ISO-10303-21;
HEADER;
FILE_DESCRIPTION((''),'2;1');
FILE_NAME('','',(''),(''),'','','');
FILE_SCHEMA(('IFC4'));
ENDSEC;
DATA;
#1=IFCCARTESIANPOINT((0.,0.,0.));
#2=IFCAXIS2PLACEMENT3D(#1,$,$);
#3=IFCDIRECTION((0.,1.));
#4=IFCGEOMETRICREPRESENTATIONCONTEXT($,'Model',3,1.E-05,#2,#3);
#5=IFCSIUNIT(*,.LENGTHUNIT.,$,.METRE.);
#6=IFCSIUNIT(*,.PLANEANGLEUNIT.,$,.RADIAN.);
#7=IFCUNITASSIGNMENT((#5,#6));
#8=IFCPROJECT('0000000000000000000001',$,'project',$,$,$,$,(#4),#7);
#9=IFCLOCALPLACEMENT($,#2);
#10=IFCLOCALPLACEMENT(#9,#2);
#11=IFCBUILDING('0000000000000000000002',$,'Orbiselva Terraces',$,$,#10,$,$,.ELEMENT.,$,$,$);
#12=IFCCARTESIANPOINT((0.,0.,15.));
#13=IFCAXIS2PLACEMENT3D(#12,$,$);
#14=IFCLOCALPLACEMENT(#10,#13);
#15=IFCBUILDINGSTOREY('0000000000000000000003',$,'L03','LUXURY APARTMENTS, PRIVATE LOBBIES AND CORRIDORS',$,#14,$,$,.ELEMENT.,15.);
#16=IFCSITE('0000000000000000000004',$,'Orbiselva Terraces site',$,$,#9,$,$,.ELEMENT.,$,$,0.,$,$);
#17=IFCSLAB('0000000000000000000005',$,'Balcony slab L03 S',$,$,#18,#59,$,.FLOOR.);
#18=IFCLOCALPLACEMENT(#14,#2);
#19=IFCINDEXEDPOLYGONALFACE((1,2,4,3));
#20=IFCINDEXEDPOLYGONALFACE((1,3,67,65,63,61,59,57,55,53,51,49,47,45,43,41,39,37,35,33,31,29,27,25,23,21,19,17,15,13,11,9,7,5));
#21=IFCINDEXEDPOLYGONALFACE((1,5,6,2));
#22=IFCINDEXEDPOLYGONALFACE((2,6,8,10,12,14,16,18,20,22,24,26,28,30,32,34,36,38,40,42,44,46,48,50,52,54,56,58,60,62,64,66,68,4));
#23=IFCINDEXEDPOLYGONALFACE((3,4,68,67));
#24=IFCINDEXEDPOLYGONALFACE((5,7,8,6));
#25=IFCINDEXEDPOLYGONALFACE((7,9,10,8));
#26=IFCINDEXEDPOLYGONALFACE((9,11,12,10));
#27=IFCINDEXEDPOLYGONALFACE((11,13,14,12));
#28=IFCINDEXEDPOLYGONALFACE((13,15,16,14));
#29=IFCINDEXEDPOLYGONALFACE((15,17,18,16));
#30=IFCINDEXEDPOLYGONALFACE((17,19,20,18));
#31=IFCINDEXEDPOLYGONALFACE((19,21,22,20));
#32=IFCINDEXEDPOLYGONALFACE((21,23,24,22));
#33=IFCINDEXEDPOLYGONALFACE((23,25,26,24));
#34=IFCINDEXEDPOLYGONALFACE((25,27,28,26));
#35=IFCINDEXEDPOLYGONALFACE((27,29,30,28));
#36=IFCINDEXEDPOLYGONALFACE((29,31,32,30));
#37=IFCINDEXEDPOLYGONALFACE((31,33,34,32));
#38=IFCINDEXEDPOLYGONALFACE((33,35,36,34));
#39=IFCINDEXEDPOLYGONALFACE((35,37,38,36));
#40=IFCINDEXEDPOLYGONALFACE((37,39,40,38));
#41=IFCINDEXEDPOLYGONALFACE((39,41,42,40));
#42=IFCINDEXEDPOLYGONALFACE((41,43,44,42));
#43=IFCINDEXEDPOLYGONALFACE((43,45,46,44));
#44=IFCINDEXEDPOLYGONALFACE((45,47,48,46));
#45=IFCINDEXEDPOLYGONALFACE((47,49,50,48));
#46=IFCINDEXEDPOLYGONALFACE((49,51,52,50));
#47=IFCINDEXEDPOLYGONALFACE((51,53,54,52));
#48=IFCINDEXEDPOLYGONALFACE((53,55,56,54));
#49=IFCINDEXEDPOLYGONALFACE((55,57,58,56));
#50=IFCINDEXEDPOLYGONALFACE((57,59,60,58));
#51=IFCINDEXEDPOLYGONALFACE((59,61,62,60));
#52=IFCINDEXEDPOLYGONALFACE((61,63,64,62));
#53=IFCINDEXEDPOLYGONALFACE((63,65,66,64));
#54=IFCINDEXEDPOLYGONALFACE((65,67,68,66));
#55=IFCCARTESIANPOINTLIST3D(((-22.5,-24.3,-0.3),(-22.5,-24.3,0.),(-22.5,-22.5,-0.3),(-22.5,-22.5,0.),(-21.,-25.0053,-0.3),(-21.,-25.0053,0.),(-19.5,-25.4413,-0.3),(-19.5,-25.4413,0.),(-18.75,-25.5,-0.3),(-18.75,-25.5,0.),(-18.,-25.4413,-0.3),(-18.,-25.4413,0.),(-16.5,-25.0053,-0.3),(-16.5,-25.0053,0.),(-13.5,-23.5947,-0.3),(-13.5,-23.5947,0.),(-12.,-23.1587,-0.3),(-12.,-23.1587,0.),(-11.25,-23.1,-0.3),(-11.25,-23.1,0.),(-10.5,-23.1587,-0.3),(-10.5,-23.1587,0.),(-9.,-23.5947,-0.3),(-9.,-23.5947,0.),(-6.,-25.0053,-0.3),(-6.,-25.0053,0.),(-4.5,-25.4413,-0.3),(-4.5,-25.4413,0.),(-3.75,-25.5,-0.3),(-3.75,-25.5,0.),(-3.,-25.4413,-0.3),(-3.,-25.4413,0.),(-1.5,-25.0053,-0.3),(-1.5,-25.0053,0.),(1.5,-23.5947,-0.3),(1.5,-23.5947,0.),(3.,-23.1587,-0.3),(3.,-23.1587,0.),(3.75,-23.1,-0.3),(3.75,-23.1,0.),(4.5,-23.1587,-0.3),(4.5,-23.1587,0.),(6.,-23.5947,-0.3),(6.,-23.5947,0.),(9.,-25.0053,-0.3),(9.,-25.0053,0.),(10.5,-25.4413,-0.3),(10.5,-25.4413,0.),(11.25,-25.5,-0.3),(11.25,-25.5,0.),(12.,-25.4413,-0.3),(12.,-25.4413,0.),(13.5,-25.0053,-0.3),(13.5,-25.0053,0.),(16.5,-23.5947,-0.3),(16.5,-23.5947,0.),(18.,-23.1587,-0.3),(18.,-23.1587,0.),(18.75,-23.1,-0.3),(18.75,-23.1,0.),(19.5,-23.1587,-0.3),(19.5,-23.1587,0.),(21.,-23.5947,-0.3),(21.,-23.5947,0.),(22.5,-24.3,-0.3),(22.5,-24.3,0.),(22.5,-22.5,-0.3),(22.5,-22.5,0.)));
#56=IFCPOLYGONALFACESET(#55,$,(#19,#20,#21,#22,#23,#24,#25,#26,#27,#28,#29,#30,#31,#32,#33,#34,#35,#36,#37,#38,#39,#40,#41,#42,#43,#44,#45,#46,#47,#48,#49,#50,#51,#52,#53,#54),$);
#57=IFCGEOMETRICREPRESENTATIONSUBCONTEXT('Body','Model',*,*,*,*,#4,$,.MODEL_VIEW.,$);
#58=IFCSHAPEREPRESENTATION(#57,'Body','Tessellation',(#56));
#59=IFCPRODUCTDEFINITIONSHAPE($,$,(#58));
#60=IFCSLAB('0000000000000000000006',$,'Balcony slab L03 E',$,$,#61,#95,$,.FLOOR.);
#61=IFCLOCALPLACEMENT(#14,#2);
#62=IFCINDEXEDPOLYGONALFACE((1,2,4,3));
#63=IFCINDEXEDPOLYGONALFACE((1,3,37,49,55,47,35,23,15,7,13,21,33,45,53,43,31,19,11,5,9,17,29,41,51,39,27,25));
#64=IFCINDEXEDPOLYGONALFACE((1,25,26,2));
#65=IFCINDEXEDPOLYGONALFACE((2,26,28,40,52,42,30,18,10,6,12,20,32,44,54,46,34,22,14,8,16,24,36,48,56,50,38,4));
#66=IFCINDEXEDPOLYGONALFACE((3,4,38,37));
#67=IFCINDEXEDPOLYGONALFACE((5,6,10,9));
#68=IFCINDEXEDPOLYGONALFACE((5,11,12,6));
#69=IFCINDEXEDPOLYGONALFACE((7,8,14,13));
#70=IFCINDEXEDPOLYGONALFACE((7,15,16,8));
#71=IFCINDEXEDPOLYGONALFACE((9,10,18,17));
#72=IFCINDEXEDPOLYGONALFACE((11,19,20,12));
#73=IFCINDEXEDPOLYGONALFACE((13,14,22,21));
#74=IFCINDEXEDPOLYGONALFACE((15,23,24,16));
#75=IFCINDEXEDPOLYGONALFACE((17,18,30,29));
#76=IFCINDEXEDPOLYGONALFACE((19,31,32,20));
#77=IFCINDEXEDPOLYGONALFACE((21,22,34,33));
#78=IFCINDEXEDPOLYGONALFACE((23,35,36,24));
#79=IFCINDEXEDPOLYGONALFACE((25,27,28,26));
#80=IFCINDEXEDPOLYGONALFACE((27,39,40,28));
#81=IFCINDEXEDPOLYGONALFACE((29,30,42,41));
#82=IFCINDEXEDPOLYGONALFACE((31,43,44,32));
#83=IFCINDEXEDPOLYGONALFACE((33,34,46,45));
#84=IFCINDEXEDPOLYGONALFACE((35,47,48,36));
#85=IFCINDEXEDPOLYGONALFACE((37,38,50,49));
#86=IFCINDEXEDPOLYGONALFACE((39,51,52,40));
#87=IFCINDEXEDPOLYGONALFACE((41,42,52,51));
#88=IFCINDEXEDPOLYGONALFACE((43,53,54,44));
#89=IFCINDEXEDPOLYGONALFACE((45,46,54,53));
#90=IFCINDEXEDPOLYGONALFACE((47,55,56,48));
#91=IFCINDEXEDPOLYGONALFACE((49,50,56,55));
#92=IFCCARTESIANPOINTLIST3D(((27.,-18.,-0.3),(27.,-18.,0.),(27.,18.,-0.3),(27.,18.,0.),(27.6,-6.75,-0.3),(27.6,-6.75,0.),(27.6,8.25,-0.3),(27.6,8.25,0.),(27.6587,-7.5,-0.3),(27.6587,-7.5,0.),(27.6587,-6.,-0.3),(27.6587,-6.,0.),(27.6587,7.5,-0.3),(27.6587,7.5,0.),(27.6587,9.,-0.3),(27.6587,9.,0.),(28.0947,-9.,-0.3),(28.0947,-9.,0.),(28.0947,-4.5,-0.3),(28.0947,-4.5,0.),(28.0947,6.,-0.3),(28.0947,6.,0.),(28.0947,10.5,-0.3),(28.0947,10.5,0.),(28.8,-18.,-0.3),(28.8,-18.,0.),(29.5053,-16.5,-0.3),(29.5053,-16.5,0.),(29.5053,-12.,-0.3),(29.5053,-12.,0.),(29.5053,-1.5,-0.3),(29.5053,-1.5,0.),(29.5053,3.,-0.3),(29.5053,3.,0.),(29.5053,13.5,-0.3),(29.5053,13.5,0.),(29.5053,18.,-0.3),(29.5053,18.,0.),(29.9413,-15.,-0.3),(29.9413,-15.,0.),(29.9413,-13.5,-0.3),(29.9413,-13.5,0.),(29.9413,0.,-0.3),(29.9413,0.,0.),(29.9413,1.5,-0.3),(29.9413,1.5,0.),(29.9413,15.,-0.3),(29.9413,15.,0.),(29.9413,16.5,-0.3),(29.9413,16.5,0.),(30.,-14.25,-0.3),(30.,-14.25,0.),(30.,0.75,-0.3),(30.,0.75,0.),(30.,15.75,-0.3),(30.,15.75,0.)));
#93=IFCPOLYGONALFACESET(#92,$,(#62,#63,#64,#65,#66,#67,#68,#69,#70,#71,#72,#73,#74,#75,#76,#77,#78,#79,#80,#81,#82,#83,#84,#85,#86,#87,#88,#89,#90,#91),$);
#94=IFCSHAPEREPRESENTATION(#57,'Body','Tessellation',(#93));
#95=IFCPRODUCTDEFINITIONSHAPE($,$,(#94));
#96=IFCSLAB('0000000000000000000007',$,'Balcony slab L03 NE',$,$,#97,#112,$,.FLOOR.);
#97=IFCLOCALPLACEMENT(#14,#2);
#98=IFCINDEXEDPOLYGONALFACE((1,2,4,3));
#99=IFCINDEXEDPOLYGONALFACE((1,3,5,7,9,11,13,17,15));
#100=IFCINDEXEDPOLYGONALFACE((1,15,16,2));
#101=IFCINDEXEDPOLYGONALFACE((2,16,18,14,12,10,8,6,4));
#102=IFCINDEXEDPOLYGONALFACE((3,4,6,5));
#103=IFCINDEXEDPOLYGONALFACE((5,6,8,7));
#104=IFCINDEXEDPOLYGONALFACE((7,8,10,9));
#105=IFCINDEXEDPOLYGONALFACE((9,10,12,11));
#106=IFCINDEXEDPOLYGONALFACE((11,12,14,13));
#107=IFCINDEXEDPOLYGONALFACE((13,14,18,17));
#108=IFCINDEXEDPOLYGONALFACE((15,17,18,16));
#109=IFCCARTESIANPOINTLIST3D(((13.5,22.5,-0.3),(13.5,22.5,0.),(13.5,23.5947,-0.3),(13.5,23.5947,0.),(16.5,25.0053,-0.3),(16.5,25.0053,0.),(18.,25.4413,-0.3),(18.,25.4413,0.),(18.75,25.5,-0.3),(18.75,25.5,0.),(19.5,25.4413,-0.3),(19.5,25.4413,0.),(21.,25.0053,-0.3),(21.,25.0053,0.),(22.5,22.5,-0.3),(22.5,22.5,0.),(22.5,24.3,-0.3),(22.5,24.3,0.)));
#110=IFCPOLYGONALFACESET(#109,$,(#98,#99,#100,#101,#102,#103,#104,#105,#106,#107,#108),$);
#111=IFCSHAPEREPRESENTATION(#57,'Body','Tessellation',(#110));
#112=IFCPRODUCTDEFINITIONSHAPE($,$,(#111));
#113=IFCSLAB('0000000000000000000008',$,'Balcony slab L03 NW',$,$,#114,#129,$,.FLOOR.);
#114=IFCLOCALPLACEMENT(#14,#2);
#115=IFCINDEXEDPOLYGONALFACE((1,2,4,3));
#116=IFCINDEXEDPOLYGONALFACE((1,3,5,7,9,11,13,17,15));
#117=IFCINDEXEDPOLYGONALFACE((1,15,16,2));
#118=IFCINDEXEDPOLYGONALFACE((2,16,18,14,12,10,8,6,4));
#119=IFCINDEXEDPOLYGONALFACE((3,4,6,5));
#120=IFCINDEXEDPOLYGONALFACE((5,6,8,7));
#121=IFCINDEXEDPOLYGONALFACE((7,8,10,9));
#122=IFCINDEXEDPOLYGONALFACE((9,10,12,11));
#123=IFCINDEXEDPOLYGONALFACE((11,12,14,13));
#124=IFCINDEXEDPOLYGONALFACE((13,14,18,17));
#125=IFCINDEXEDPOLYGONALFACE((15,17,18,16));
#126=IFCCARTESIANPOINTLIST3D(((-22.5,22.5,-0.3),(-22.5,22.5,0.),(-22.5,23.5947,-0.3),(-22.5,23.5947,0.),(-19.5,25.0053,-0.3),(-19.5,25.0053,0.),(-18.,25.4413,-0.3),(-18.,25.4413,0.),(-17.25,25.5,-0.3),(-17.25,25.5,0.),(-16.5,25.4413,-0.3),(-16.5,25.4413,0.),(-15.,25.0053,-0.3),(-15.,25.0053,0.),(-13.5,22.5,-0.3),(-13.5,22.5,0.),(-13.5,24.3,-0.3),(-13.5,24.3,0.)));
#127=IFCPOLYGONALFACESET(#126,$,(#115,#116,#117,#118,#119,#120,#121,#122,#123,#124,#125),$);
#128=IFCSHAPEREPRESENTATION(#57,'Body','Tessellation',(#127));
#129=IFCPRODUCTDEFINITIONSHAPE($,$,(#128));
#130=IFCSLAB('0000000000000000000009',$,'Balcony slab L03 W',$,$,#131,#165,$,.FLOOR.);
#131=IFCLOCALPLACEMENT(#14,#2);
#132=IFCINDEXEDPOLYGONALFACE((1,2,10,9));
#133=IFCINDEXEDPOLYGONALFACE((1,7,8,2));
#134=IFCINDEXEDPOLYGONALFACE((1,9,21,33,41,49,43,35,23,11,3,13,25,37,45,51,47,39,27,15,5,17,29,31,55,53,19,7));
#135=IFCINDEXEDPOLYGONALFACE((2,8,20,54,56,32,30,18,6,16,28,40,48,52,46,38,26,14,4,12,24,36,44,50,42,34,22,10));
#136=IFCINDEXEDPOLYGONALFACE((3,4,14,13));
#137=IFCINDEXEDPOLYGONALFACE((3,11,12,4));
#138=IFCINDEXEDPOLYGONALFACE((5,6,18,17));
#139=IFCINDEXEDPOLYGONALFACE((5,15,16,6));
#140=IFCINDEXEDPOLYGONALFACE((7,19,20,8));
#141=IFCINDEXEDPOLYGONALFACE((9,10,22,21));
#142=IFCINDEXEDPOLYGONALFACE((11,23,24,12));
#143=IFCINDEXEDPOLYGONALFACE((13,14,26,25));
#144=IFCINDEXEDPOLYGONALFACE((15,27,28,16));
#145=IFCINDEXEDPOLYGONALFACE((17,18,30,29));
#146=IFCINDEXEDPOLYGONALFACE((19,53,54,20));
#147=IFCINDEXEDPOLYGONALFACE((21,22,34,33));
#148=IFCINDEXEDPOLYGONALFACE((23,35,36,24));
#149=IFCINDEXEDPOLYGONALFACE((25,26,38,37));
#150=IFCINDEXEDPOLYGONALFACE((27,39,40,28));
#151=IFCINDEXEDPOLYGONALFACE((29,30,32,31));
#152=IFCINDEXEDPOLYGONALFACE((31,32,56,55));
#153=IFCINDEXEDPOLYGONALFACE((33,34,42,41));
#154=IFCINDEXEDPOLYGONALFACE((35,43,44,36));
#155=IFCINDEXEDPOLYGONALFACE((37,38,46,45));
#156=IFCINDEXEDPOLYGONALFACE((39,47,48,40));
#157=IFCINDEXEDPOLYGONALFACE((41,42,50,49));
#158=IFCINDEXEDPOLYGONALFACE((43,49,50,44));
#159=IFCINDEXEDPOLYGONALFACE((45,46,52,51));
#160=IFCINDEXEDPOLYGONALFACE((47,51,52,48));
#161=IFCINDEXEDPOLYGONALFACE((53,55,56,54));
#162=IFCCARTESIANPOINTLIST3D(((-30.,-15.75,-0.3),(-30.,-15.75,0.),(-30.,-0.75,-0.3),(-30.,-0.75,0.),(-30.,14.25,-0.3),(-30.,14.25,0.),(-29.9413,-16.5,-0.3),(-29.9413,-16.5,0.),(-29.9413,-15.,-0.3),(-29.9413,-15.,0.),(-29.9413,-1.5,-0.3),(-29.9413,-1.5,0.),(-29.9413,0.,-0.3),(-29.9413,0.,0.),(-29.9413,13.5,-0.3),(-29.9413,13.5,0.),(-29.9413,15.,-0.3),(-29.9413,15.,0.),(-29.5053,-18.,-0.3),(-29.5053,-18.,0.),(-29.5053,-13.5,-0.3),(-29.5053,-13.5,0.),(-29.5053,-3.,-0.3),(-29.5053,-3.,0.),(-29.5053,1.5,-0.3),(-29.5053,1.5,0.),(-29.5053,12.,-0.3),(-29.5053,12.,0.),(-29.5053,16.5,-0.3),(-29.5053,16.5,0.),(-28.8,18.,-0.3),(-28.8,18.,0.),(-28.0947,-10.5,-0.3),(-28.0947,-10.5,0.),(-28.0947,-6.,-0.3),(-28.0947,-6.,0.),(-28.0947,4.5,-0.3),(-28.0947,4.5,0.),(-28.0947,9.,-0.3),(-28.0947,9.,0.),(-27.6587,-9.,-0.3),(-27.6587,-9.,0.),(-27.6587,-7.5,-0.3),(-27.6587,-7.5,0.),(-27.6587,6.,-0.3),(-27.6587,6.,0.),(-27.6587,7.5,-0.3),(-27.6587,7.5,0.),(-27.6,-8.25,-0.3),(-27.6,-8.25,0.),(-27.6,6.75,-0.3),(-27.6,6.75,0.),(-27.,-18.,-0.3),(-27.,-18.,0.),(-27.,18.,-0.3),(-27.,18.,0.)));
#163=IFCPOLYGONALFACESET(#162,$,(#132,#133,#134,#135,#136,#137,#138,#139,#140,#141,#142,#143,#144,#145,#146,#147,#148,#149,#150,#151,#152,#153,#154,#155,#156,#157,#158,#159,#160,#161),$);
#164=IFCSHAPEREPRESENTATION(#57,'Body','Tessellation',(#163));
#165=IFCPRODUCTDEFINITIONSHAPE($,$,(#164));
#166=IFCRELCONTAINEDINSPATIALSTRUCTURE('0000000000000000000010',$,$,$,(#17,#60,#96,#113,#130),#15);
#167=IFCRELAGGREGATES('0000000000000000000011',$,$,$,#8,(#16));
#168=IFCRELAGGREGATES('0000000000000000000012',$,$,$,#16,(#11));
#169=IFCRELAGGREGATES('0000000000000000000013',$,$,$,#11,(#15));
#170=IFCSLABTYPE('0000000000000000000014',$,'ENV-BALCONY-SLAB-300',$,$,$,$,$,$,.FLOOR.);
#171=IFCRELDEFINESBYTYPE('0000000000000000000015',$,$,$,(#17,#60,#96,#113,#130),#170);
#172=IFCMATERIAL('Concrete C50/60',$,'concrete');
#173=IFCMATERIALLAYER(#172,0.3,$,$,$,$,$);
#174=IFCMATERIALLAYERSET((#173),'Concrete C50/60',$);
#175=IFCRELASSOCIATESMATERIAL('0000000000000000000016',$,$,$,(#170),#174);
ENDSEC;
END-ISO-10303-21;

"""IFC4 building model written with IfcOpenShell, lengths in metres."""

from ifc_helpers import new_model, si_unit, direction, frame, origin, place, context, subcontext, project, spatial, polyline, outline, extrude, material, layer, layer_set, type_object, element, save


model = new_model("IFC4")

# Units and contexts
model_context = context("Model", 3, precision=1e-05, world=origin(), true_north=direction((0.0, 1.0)))
body_context = subcontext(model_context, "Body", "Model", "MODEL_VIEW")
ifc_project = project(units=[si_unit("LENGTHUNIT", "METRE"), si_unit("PLANEANGLEUNIT", "RADIAN")], contexts=[model_context])

# Site, building, storey
site_placement = place(None, origin())
site = spatial("IfcSite", under=ifc_project, at=site_placement, Name="Orbiselva Terraces site", CompositionType="ELEMENT", RefElevation=0.0)
building_placement = place(site_placement, origin())
building = spatial("IfcBuilding", under=site, at=building_placement, Name="Orbiselva Terraces", CompositionType="ELEMENT")
storey_placement = place(building_placement, frame((0.0, 0.0, 15.0)))
storey = spatial("IfcBuildingStorey", under=building, at=storey_placement, Name="L03", Description="LUXURY APARTMENTS, PRIVATE LOBBIES AND CORRIDORS", CompositionType="ELEMENT", Elevation=15.0)

# Slabs
ifc_material_1 = material(Name="Concrete C50/60", Category="concrete")
ifc_layer_1 = layer(ifc_material_1, 0.3)
ifc_layer_set_1 = layer_set([ifc_layer_1], Name="Concrete C50/60")
slab_type_1 = type_object("IfcSlabType", Name="ENV-BALCONY-SLAB-300", PredefinedType="FLOOR", material=ifc_layer_set_1)
slab_1_placement = place(storey_placement, frame((0.0, 0.0, -0.3)))
element("IfcSlab", 1, at=slab_1_placement, inside=storey, type_object=slab_type_1, Name="Balcony slab L03 S", PredefinedType="FLOOR", context=body_context, shape_type="SweptSolid", body=[
    extrude(outline(polyline([(-22.5, -24.3), (-21.0, -25.0053), (-19.5, -25.4413), (-18.75, -25.5), (-18.0, -25.4413), (-16.5, -25.0053), (-13.5, -23.5947), (-12.0, -23.1587), (-11.25, -23.1), (-10.5, -23.1587), (-9.0, -23.5947), (-6.0, -25.0053), (-4.5, -25.4413), (-3.75, -25.5), (-3.0, -25.4413), (-1.5, -25.0053), (1.5, -23.5947), (3.0, -23.1587), (3.75, -23.1), (4.5, -23.1587), (6.0, -23.5947), (9.0, -25.0053), (10.5, -25.4413), (11.25, -25.5), (12.0, -25.4413), (13.5, -25.0053), (16.5, -23.5947), (18.0, -23.1587), (18.75, -23.1), (19.5, -23.1587), (21.0, -23.5947), (22.5, -24.3), (22.5, -22.5), (-22.5, -22.5), (-22.5, -24.3)])), origin(), (0.0, 0.0, 1.0), 0.3),
])
slab_2_placement = place(storey_placement, frame((0.0, 0.0, -0.3)))
element("IfcSlab", 2, at=slab_2_placement, inside=storey, type_object=slab_type_1, Name="Balcony slab L03 E", PredefinedType="FLOOR", context=body_context, shape_type="SweptSolid", body=[
    extrude(outline(polyline([(28.8, -18.0), (29.5053, -16.5), (29.9413, -15.0), (30.0, -14.25), (29.9413, -13.5), (29.5053, -12.0), (28.0947, -9.0), (27.6587, -7.5), (27.6, -6.75), (27.6587, -6.0), (28.0947, -4.5), (29.5053, -1.5), (29.9413, 0.0), (30.0, 0.75), (29.9413, 1.5), (29.5053, 3.0), (28.0947, 6.0), (27.6587, 7.5), (27.6, 8.25), (27.6587, 9.0), (28.0947, 10.5), (29.5053, 13.5), (29.9413, 15.0), (30.0, 15.75), (29.9413, 16.5), (29.5053, 18.0), (27.0, 18.0), (27.0, -18.0), (28.8, -18.0)])), origin(), (0.0, 0.0, 1.0), 0.3),
])
slab_3_placement = place(storey_placement, frame((0.0, 0.0, -0.3)))
element("IfcSlab", 3, at=slab_3_placement, inside=storey, type_object=slab_type_1, Name="Balcony slab L03 NE", PredefinedType="FLOOR", context=body_context, shape_type="SweptSolid", body=[
    extrude(outline(polyline([(22.5, 24.3), (21.0, 25.0053), (19.5, 25.4413), (18.75, 25.5), (18.0, 25.4413), (16.5, 25.0053), (13.5, 23.5947), (13.5, 22.5), (22.5, 22.5), (22.5, 24.3)])), origin(), (0.0, 0.0, 1.0), 0.3),
])
slab_4_placement = place(storey_placement, frame((0.0, 0.0, -0.3)))
element("IfcSlab", 4, at=slab_4_placement, inside=storey, type_object=slab_type_1, Name="Balcony slab L03 NW", PredefinedType="FLOOR", context=body_context, shape_type="SweptSolid", body=[
    extrude(outline(polyline([(-13.5, 24.3), (-15.0, 25.0053), (-16.5, 25.4413), (-17.25, 25.5), (-18.0, 25.4413), (-19.5, 25.0053), (-22.5, 23.5947), (-22.5, 22.5), (-13.5, 22.5), (-13.5, 24.3)])), origin(), (0.0, 0.0, 1.0), 0.3),
])
slab_5_placement = place(storey_placement, frame((0.0, 0.0, -0.3)))
element("IfcSlab", 5, at=slab_5_placement, inside=storey, type_object=slab_type_1, Name="Balcony slab L03 W", PredefinedType="FLOOR", context=body_context, shape_type="SweptSolid", body=[
    extrude(outline(polyline([(-28.8, 18.0), (-29.5053, 16.5), (-29.9413, 15.0), (-30.0, 14.25), (-29.9413, 13.5), (-29.5053, 12.0), (-28.0947, 9.0), (-27.6587, 7.5), (-27.6, 6.75), (-27.6587, 6.0), (-28.0947, 4.5), (-29.5053, 1.5), (-29.9413, 0.0), (-30.0, -0.75), (-29.9413, -1.5), (-29.5053, -3.0), (-28.0947, -6.0), (-27.6587, -7.5), (-27.6, -8.25), (-27.6587, -9.0), (-28.0947, -10.5), (-29.5053, -13.5), (-29.9413, -15.0), (-30.0, -15.75), (-29.9413, -16.5), (-29.5053, -18.0), (-27.0, -18.0), (-27.0, 18.0), (-28.8, 18.0)])), origin(), (0.0, 0.0, 1.0), 0.3),
])

save(model, "model.ifc")
